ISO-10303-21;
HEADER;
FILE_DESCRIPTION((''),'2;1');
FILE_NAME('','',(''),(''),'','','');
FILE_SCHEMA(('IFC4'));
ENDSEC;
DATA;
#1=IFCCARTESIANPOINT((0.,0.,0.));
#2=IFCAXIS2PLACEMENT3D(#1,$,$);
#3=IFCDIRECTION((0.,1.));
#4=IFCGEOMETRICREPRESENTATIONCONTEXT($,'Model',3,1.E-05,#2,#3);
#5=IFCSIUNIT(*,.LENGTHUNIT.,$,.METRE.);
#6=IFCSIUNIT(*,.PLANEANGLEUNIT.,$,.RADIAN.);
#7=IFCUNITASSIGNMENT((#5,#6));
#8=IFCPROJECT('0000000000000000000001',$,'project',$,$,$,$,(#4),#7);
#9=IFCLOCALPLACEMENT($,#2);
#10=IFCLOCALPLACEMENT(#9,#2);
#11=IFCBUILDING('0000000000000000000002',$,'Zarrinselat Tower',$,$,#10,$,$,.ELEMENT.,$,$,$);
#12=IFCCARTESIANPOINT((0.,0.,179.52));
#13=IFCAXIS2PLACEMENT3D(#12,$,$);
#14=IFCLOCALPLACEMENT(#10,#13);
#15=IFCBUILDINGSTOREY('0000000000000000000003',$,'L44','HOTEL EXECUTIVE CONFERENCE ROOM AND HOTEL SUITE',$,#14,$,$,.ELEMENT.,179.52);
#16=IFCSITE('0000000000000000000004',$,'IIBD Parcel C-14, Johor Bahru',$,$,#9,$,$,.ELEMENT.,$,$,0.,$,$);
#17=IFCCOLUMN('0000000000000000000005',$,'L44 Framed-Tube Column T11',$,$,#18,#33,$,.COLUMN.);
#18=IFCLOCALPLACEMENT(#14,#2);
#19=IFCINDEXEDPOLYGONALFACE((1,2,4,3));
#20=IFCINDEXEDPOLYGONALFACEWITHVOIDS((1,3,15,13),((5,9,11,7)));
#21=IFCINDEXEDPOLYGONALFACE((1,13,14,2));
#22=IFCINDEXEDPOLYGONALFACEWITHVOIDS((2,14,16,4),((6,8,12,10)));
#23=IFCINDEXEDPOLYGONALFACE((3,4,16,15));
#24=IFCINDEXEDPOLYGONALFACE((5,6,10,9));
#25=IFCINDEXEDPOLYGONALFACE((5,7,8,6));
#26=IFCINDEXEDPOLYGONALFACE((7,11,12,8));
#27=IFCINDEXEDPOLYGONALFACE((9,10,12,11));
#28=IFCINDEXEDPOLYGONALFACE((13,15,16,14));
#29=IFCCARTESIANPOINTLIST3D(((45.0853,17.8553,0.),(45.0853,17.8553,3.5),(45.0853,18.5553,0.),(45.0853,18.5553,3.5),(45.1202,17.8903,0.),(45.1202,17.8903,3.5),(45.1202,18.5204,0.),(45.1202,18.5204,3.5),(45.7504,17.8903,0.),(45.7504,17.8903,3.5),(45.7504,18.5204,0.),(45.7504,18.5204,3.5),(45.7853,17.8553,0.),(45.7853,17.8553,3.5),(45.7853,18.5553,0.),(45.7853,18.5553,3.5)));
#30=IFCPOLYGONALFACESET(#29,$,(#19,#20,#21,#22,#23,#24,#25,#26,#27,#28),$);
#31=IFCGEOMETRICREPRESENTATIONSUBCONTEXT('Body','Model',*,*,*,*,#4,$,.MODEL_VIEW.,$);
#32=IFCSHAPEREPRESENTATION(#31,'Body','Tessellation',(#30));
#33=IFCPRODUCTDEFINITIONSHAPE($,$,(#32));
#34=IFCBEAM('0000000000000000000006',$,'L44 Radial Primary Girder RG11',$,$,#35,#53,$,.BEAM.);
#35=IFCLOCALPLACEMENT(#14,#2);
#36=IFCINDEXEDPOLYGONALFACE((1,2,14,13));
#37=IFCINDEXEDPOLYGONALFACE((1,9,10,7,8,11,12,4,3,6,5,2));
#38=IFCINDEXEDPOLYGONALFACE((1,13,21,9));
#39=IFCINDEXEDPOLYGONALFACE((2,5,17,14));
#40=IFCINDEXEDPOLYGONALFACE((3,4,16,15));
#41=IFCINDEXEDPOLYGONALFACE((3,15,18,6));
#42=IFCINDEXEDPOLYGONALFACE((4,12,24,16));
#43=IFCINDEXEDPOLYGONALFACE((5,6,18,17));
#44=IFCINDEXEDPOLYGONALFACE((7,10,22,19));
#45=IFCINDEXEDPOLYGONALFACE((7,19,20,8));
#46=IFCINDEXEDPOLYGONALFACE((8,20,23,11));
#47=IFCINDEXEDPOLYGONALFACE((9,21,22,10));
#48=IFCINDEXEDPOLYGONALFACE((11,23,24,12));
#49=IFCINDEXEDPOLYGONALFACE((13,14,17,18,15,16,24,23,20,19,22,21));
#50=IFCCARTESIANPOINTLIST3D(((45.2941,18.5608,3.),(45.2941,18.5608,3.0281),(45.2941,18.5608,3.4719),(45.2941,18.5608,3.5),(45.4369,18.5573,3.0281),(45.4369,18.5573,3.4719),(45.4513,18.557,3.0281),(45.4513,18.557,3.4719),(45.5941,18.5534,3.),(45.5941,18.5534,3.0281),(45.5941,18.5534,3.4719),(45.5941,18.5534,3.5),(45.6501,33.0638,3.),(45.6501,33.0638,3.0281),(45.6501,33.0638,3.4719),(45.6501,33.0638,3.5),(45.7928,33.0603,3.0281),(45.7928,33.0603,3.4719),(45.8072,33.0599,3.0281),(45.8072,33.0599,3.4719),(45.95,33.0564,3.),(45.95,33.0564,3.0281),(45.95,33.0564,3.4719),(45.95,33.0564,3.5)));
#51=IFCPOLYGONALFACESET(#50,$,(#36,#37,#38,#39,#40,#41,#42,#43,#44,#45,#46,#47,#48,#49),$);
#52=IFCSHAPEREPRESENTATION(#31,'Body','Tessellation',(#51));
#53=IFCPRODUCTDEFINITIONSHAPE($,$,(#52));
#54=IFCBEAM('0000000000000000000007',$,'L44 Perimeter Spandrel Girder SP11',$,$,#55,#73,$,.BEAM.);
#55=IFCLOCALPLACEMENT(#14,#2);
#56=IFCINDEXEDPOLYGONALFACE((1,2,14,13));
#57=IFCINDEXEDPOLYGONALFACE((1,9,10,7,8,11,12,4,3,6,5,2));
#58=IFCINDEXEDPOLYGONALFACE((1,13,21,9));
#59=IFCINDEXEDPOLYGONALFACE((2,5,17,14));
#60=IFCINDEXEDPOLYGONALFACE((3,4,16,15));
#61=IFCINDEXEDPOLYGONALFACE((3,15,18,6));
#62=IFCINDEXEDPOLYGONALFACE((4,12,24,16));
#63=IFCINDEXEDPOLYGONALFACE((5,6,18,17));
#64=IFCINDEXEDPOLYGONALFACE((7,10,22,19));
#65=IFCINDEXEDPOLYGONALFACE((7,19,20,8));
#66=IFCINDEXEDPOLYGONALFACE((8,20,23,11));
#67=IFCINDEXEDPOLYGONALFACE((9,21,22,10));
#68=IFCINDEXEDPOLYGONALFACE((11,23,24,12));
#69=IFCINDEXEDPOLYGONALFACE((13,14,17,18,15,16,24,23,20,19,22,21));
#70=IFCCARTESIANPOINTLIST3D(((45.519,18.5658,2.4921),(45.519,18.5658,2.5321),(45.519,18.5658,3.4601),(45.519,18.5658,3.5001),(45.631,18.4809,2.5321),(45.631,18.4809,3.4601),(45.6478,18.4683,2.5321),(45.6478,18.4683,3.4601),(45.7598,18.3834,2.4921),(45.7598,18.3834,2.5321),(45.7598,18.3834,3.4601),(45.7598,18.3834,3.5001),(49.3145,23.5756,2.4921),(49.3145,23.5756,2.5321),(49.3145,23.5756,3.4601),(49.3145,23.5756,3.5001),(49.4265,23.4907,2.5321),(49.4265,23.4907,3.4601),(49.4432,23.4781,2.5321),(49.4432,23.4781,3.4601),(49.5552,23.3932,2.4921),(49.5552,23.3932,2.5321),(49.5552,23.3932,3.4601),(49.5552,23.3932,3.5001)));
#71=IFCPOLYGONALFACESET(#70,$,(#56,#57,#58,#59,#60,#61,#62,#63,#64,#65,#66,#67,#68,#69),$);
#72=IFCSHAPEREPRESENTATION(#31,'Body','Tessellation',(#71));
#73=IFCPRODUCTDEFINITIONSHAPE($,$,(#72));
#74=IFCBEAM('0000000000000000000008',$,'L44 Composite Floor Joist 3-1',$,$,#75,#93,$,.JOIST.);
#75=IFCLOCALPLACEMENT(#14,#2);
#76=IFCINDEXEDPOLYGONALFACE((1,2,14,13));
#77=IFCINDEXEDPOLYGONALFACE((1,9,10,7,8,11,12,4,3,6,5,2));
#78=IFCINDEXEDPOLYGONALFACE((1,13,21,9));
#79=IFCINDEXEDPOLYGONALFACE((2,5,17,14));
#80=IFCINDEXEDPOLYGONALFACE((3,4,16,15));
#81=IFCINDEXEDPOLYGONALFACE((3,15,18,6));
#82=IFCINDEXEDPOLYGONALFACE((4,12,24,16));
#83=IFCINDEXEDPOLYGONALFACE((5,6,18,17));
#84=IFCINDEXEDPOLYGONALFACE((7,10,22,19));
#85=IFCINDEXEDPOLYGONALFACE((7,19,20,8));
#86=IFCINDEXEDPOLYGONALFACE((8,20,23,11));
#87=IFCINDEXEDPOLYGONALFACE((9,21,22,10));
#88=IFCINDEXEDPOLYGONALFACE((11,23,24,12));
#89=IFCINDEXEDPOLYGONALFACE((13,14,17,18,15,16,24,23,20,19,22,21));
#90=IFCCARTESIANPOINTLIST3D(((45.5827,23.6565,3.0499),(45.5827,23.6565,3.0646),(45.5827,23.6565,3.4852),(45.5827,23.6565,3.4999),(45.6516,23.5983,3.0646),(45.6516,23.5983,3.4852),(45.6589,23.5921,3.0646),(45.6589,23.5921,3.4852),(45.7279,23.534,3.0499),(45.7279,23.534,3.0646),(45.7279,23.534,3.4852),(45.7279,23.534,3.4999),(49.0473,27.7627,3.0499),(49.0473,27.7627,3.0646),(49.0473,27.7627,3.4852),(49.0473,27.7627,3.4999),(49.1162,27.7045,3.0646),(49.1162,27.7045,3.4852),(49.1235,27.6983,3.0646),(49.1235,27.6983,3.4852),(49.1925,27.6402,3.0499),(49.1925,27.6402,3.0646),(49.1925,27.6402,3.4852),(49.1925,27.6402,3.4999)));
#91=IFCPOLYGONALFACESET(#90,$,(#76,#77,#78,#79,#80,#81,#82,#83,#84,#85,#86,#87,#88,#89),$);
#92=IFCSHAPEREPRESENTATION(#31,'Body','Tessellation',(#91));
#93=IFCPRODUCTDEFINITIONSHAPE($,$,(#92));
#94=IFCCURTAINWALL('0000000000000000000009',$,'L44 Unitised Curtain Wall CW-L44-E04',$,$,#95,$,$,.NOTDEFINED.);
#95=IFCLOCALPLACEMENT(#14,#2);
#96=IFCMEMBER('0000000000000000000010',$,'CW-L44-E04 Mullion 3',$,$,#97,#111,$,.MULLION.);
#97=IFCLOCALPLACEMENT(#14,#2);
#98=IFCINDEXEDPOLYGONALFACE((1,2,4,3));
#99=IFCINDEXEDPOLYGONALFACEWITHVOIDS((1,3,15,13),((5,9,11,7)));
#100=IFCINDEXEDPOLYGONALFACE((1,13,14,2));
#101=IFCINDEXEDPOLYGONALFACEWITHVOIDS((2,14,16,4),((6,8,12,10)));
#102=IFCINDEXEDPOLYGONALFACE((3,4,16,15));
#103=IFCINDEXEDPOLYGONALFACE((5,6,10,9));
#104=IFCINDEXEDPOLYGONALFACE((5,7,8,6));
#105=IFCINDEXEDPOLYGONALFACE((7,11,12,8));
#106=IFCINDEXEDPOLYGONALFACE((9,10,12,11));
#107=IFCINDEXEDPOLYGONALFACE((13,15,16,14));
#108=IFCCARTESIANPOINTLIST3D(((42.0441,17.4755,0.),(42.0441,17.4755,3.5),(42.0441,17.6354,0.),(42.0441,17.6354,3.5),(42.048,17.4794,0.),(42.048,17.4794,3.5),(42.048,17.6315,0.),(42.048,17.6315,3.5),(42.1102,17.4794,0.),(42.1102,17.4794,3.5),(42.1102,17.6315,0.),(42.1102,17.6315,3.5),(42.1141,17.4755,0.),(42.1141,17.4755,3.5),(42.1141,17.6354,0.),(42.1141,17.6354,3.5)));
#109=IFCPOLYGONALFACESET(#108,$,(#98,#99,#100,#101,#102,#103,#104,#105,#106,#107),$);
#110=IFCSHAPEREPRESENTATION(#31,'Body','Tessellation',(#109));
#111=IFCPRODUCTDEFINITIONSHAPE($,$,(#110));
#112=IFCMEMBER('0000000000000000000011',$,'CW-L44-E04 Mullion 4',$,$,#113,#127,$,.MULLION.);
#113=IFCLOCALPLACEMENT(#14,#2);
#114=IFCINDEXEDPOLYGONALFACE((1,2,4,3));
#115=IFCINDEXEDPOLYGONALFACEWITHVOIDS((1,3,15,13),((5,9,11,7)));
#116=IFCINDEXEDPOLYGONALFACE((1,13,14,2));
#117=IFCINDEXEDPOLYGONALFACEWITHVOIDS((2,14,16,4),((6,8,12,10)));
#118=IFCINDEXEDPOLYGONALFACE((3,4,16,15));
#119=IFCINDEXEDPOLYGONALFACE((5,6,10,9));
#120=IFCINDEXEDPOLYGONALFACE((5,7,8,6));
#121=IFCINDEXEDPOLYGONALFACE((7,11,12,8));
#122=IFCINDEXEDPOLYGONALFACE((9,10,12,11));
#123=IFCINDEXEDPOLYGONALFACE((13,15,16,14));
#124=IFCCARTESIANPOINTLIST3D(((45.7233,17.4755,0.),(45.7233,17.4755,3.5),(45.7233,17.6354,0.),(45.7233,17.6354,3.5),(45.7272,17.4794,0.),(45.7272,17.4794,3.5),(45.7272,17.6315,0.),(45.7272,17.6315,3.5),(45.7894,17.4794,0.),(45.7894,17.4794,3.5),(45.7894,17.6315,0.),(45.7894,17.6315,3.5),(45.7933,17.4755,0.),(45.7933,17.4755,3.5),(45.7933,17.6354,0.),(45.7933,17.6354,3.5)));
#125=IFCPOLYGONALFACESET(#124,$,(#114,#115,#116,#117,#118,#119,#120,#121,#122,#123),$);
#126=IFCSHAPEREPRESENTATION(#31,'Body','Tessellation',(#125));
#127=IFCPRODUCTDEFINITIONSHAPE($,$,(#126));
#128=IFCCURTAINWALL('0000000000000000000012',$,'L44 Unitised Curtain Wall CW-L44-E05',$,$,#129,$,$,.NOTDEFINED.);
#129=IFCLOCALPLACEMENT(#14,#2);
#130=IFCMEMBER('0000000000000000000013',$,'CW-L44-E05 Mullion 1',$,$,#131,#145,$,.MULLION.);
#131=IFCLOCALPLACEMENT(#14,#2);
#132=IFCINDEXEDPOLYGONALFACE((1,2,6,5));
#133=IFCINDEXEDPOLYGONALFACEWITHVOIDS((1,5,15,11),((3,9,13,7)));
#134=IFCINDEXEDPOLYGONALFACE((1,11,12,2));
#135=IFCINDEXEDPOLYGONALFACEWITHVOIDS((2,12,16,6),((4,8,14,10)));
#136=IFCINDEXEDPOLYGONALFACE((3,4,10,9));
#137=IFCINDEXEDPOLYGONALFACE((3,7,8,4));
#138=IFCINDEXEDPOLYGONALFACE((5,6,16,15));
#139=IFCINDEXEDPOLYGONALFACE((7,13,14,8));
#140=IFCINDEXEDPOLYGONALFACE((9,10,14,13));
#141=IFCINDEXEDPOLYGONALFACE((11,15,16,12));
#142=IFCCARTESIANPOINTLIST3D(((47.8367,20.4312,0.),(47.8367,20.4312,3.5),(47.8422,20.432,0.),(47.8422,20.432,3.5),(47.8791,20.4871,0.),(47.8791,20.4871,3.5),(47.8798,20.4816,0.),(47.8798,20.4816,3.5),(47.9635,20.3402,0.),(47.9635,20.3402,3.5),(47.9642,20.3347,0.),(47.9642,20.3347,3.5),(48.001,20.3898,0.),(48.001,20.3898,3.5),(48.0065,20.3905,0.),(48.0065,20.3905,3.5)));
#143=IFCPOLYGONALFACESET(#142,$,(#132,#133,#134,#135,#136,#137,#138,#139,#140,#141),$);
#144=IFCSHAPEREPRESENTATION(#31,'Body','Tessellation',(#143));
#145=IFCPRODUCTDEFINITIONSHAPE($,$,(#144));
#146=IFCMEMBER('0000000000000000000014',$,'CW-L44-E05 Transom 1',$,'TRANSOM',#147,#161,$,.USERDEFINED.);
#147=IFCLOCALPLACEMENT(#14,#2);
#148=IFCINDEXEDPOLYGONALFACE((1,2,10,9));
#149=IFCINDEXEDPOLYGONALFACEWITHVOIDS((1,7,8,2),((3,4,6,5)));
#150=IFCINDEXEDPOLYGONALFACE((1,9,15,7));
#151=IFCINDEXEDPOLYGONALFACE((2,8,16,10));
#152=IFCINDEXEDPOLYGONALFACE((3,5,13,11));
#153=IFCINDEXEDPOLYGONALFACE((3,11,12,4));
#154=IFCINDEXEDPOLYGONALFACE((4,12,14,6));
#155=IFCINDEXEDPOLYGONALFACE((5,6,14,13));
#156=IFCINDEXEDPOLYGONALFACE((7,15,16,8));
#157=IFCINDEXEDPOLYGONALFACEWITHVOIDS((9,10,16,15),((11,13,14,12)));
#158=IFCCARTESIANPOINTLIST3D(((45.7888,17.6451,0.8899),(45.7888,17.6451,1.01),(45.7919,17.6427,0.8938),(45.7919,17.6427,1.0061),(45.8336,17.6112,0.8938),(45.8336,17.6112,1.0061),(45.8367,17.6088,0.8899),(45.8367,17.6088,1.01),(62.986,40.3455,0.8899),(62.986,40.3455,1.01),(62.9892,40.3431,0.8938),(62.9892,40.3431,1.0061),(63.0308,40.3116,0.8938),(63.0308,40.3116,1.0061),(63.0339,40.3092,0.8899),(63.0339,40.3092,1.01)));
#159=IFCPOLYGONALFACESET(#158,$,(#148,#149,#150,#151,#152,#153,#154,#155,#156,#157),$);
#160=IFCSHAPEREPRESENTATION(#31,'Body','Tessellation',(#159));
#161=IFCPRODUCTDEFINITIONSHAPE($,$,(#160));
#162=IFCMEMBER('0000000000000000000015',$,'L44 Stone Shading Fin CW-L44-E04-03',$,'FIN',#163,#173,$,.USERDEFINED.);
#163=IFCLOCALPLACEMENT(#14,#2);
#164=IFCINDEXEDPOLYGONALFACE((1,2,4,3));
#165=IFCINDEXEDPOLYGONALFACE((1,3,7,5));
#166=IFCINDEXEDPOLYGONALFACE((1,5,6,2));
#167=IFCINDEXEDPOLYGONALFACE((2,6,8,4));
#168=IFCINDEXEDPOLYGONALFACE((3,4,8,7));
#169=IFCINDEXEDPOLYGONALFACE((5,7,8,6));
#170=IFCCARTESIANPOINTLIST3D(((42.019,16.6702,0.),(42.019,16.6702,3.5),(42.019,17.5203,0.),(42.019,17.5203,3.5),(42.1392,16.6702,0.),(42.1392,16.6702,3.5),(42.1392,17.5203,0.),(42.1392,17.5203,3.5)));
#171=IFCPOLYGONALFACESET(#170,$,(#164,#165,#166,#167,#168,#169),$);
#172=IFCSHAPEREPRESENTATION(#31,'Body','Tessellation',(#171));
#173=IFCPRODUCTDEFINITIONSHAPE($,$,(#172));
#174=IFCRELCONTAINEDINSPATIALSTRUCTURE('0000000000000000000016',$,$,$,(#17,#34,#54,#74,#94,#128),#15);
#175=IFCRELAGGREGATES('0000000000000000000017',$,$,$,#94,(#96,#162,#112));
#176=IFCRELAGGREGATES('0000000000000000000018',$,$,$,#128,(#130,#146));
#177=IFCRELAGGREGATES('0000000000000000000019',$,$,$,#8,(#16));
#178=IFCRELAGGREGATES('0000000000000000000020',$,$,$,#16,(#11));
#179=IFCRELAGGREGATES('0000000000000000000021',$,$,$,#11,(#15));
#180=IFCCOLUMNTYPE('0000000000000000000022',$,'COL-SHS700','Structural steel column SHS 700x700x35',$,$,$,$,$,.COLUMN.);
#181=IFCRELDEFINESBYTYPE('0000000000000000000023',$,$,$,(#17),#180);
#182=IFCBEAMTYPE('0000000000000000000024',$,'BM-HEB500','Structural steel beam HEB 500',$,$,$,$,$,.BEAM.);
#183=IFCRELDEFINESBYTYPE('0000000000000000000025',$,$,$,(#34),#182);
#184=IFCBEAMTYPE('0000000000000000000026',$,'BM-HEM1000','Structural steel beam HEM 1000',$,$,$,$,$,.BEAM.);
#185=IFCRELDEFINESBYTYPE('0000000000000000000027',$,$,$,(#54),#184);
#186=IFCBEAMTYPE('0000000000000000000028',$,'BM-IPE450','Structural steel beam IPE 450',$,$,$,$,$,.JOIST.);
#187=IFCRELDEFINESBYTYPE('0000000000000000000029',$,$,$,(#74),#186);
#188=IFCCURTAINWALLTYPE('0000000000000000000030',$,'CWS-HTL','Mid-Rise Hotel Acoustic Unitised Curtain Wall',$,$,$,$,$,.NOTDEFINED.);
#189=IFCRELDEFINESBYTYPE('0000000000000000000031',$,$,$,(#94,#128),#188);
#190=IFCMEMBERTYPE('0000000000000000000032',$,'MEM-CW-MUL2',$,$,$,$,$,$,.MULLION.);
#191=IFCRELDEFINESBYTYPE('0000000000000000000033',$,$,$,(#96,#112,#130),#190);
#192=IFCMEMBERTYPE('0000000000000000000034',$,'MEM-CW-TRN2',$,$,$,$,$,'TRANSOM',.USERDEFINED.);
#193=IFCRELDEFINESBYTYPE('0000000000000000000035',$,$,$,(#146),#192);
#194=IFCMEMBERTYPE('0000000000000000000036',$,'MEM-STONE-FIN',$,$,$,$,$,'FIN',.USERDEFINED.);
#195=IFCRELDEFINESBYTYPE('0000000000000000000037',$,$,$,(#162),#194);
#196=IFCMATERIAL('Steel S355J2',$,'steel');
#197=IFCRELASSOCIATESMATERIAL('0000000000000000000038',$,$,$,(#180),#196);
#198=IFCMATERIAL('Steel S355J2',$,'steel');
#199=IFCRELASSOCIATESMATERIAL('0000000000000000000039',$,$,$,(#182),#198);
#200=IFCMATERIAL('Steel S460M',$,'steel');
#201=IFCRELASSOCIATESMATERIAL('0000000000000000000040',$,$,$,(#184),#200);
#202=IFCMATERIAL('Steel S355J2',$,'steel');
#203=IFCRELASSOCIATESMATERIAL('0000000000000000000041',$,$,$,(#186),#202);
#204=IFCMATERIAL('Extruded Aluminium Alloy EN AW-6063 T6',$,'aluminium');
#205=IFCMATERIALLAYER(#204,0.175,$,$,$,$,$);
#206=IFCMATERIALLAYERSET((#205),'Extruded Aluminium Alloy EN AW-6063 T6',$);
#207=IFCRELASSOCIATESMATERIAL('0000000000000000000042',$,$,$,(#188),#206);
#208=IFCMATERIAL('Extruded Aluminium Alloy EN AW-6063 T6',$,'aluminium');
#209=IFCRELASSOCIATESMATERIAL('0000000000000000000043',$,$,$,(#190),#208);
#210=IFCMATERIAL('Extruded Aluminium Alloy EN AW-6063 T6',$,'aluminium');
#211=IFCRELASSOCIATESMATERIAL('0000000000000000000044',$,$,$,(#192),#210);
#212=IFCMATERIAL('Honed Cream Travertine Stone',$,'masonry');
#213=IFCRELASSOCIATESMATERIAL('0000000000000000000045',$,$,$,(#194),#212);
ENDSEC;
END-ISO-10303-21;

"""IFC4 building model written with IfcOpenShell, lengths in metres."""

from ifc_helpers import new_model, si_unit, direction, frame, origin, origin_2d, place, context, subcontext, project, spatial, rectangle, hollow_rectangle, i_section, extrude, material, layer, layer_set, material_profile, profile_set, type_object, element, aggregate, save


model = new_model("IFC4")

# Units and contexts
model_context = context("Model", 3, precision=1e-05, world=origin(), true_north=direction((0.0, 1.0)))
body_context = subcontext(model_context, "Body", "Model", "MODEL_VIEW")
ifc_project = project(units=[si_unit("LENGTHUNIT", "METRE"), si_unit("PLANEANGLEUNIT", "RADIAN")], contexts=[model_context])

# Site, building, storey
site_placement = place(None, origin())
site = spatial("IfcSite", under=ifc_project, at=site_placement, Name="IIBD Parcel C-14, Johor Bahru", CompositionType="ELEMENT", RefElevation=0.0)
building_placement = place(site_placement, origin())
building = spatial("IfcBuilding", under=site, at=building_placement, Name="Zarrinselat Tower", CompositionType="ELEMENT")
storey_placement = place(building_placement, frame((0.0, 0.0, 179.52)))
storey = spatial("IfcBuildingStorey", under=building, at=storey_placement, Name="L44", Description="HOTEL EXECUTIVE CONFERENCE ROOM AND HOTEL SUITE", CompositionType="ELEMENT", Elevation=179.52)

# Column
ifc_material_1 = material(Name="Steel S355J2", Category="steel")
ifc_material_profile_1 = material_profile(ifc_material_1, hollow_rectangle(XDim=0.7, YDim=0.7, WallThickness=0.0349, at=origin_2d()), Name="SHS 700x700x35")
ifc_profile_set_1 = profile_set([ifc_material_profile_1], Name="Steel S355J2")
column_type = type_object("IfcColumnType", Name="COL-SHS700", Description="Structural steel column SHS 700x700x35", PredefinedType="COLUMN", material=ifc_profile_set_1)
column_placement = place(storey_placement, frame((45.4353, 18.2053, 0.0), z_axis=(0.0, 0.0, 1.0), x_axis=(1.0, 0.0, 0.0)))
element("IfcColumn", 1, at=column_placement, inside=storey, type_object=column_type, Name="L44 Framed-Tube Column T11", PredefinedType="COLUMN", context=body_context, shape_type="SweptSolid", body=[
    extrude(hollow_rectangle(XDim=0.7, YDim=0.7, WallThickness=0.0349, at=origin_2d()), origin(), (0.0, 0.0, 1.0), 3.5),
])

# Beams
ifc_material_2 = material(Name="Steel S355J2", Category="steel")
ifc_material_profile_2 = material_profile(ifc_material_2, i_section(OverallWidth=0.3, OverallDepth=0.5, WebThickness=0.0144, FlangeThickness=0.0281, at=origin_2d()), Name="HEB 500")
ifc_profile_set_2 = profile_set([ifc_material_profile_2], Name="Steel S355J2")
beam_type_1 = type_object("IfcBeamType", Name="BM-HEB500", Description="Structural steel beam HEB 500", PredefinedType="BEAM", material=ifc_profile_set_2)
beam_1_placement = place(storey_placement, frame((45.4441, 18.5571, 3.25), z_axis=(0.024536, 0.999699, 0.0), x_axis=(-0.999699, 0.024536, 0.0)))
element("IfcBeam", 2, at=beam_1_placement, inside=storey, type_object=beam_type_1, Name="L44 Radial Primary Girder RG11", PredefinedType="BEAM", context=body_context, shape_type="SweptSolid", body=[
    extrude(i_section(OverallWidth=0.3, OverallDepth=0.5, WebThickness=0.0144, FlangeThickness=0.0281, at=origin_2d()), origin(), (0.0, 0.0, 1.0), 14.5073),
])
ifc_material_3 = material(Name="Steel S460M", Category="steel")
ifc_material_profile_3 = material_profile(ifc_material_3, i_section(OverallWidth=0.302, OverallDepth=1.0081, WebThickness=0.021, FlangeThickness=0.04, at=origin_2d()), Name="HEM 1000")
ifc_profile_set_3 = profile_set([ifc_material_profile_3], Name="Steel S460M")
beam_type_2 = type_object("IfcBeamType", Name="BM-HEM1000", Description="Structural steel beam HEM 1000", PredefinedType="BEAM", material=ifc_profile_set_3)
beam_2_placement = place(storey_placement, frame((45.6394, 18.4746, 2.9961), z_axis=(0.603871, 0.797082, 0.0), x_axis=(-0.797082, 0.603871, 0.0)))
element("IfcBeam", 3, at=beam_2_placement, inside=storey, type_object=beam_type_2, Name="L44 Perimeter Spandrel Girder SP11", PredefinedType="BEAM", context=body_context, shape_type="SweptSolid", body=[
    extrude(i_section(OverallWidth=0.302, OverallDepth=1.0081, WebThickness=0.021, FlangeThickness=0.04, at=origin_2d()), origin(), (0.0, 0.0, 1.0), 6.2852),
])
ifc_material_4 = material(Name="Steel S355J2", Category="steel")
ifc_material_profile_4 = material_profile(ifc_material_4, i_section(OverallWidth=0.1899, OverallDepth=0.45, WebThickness=0.0095, FlangeThickness=0.0146, at=origin_2d()), Name="IPE 450")
ifc_profile_set_4 = profile_set([ifc_material_profile_4], Name="Steel S355J2")
beam_type_3 = type_object("IfcBeamType", Name="BM-IPE450", Description="Structural steel beam IPE 450", PredefinedType="JOIST", material=ifc_profile_set_4)
beam_3_placement = place(storey_placement, frame((45.6553, 23.5952, 3.2749), z_axis=(0.64487, 0.764292, 0.0), x_axis=(-0.764292, 0.64487, 0.0)))
element("IfcBeam", 4, at=beam_3_placement, inside=storey, type_object=beam_type_3, Name="L44 Composite Floor Joist 3-1", PredefinedType="JOIST", context=body_context, shape_type="SweptSolid", body=[
    extrude(i_section(OverallWidth=0.1899, OverallDepth=0.45, WebThickness=0.0095, FlangeThickness=0.0146, at=origin_2d()), origin(), (0.0, 0.0, 1.0), 5.3726),
])

# Curtain walls, members
ifc_material_5 = material(Name="Extruded Aluminium Alloy EN AW-6063 T6", Category="aluminium")
ifc_layer_1 = layer(ifc_material_5, 0.175)
ifc_layer_set_1 = layer_set([ifc_layer_1], Name="Extruded Aluminium Alloy EN AW-6063 T6")
curtain_wall_type = type_object("IfcCurtainWallType", Name="CWS-HTL", Description="Mid-Rise Hotel Acoustic Unitised Curtain Wall", PredefinedType="NOTDEFINED", material=ifc_layer_set_1)
curtain_wall_1_placement = place(storey_placement, origin())
curtain_wall_1 = element("IfcCurtainWall", 5, at=curtain_wall_1_placement, inside=storey, type_object=curtain_wall_type, Name="L44 Unitised Curtain Wall CW-L44-E04", PredefinedType="NOTDEFINED")
ifc_material_6 = material(Name="Extruded Aluminium Alloy EN AW-6063 T6", Category="aluminium")
ifc_material_profile_5 = material_profile(ifc_material_6, hollow_rectangle(XDim=0.0701, YDim=0.1599, WallThickness=0.0039, at=origin_2d()), Name="RHS 160x70x4")
ifc_profile_set_5 = profile_set([ifc_material_profile_5], Name="Extruded Aluminium Alloy EN AW-6063 T6")
member_type_1 = type_object("IfcMemberType", Name="MEM-CW-MUL2", PredefinedType="MULLION", material=ifc_profile_set_5)
member_1_placement = place(storey_placement, frame((42.0791, 17.5554, 0.0), z_axis=(0.0, 0.0, 1.0), x_axis=(1.0, 0.0, 0.0)))
member_1 = element("IfcMember", 6, at=member_1_placement, type_object=member_type_1, Name="CW-L44-E04 Mullion 3", PredefinedType="MULLION", context=body_context, shape_type="SweptSolid", body=[
    extrude(hollow_rectangle(XDim=0.0701, YDim=0.1599, WallThickness=0.0039, at=origin_2d()), origin(), (0.0, 0.0, 1.0), 3.5),
])
member_2_placement = place(storey_placement, frame((45.7583, 17.5554, 0.0), z_axis=(0.0, 0.0, 1.0), x_axis=(1.0, 0.0, 0.0)))
member_2 = element("IfcMember", 7, at=member_2_placement, type_object=member_type_1, Name="CW-L44-E04 Mullion 4", PredefinedType="MULLION", context=body_context, shape_type="SweptSolid", body=[
    extrude(hollow_rectangle(XDim=0.0701, YDim=0.1599, WallThickness=0.0039, at=origin_2d()), origin(), (0.0, 0.0, 1.0), 3.5),
])
curtain_wall_2_placement = place(storey_placement, origin())
curtain_wall_2 = element("IfcCurtainWall", 8, at=curtain_wall_2_placement, inside=storey, type_object=curtain_wall_type, Name="L44 Unitised Curtain Wall CW-L44-E05", PredefinedType="NOTDEFINED")
member_3_placement = place(storey_placement, frame((47.9216, 20.4109, 0.0), z_axis=(0.0, 0.0, 1.0), x_axis=(0.603859, 0.797091, 0.0)))
member_3 = element("IfcMember", 9, at=member_3_placement, type_object=member_type_1, Name="CW-L44-E05 Mullion 1", PredefinedType="MULLION", context=body_context, shape_type="SweptSolid", body=[
    extrude(hollow_rectangle(XDim=0.0701, YDim=0.1599, WallThickness=0.0039, at=origin_2d()), origin(), (0.0, 0.0, 1.0), 3.5),
])
ifc_material_7 = material(Name="Extruded Aluminium Alloy EN AW-6063 T6", Category="aluminium")
ifc_material_profile_6 = material_profile(ifc_material_7, hollow_rectangle(XDim=0.0601, YDim=0.1201, WallThickness=0.0039, at=origin_2d()), Name="RHS 120x60x4")
ifc_profile_set_6 = profile_set([ifc_material_profile_6], Name="Extruded Aluminium Alloy EN AW-6063 T6")
member_type_2 = type_object("IfcMemberType", Name="MEM-CW-TRN2", ElementType="TRANSOM", PredefinedType="USERDEFINED", material=ifc_profile_set_6)
member_4_placement = place(storey_placement, frame((45.8127, 17.627, 0.95), z_axis=(0.603857, 0.797093, 0.0), x_axis=(-0.797093, 0.603857, 0.0)))
member_4 = element("IfcMember", 10, at=member_4_placement, type_object=member_type_2, Name="CW-L44-E05 Transom 1", ObjectType="TRANSOM", PredefinedType="USERDEFINED", context=body_context, shape_type="SweptSolid", body=[
    extrude(hollow_rectangle(XDim=0.0601, YDim=0.1201, WallThickness=0.0039, at=origin_2d()), origin(), (0.0, 0.0, 1.0), 28.479),
])

# Member
ifc_material_8 = material(Name="Honed Cream Travertine Stone", Category="masonry")
ifc_material_profile_7 = material_profile(ifc_material_8, rectangle(XDim=0.1201, YDim=0.8501, at=origin_2d()), Name="FIN 850x120")
ifc_profile_set_7 = profile_set([ifc_material_profile_7], Name="Honed Cream Travertine Stone")
member_type_3 = type_object("IfcMemberType", Name="MEM-STONE-FIN", ElementType="FIN", PredefinedType="USERDEFINED", material=ifc_profile_set_7)
member_5_placement = place(storey_placement, frame((42.0791, 17.0952, 0.0), z_axis=(0.0, 0.0, 1.0), x_axis=(-1.0, 0.0, 0.0)))
member_5 = element("IfcMember", 11, at=member_5_placement, type_object=member_type_3, Name="L44 Stone Shading Fin CW-L44-E04-03", ObjectType="FIN", PredefinedType="USERDEFINED", context=body_context, shape_type="SweptSolid", body=[
    extrude(rectangle(XDim=0.1201, YDim=0.8501, at=origin_2d()), origin(), (0.0, 0.0, 1.0), 3.5),
])

aggregate(curtain_wall_1, [member_1, member_5, member_2])
aggregate(curtain_wall_2, [member_3, member_4])

save(model, "model.ifc")
